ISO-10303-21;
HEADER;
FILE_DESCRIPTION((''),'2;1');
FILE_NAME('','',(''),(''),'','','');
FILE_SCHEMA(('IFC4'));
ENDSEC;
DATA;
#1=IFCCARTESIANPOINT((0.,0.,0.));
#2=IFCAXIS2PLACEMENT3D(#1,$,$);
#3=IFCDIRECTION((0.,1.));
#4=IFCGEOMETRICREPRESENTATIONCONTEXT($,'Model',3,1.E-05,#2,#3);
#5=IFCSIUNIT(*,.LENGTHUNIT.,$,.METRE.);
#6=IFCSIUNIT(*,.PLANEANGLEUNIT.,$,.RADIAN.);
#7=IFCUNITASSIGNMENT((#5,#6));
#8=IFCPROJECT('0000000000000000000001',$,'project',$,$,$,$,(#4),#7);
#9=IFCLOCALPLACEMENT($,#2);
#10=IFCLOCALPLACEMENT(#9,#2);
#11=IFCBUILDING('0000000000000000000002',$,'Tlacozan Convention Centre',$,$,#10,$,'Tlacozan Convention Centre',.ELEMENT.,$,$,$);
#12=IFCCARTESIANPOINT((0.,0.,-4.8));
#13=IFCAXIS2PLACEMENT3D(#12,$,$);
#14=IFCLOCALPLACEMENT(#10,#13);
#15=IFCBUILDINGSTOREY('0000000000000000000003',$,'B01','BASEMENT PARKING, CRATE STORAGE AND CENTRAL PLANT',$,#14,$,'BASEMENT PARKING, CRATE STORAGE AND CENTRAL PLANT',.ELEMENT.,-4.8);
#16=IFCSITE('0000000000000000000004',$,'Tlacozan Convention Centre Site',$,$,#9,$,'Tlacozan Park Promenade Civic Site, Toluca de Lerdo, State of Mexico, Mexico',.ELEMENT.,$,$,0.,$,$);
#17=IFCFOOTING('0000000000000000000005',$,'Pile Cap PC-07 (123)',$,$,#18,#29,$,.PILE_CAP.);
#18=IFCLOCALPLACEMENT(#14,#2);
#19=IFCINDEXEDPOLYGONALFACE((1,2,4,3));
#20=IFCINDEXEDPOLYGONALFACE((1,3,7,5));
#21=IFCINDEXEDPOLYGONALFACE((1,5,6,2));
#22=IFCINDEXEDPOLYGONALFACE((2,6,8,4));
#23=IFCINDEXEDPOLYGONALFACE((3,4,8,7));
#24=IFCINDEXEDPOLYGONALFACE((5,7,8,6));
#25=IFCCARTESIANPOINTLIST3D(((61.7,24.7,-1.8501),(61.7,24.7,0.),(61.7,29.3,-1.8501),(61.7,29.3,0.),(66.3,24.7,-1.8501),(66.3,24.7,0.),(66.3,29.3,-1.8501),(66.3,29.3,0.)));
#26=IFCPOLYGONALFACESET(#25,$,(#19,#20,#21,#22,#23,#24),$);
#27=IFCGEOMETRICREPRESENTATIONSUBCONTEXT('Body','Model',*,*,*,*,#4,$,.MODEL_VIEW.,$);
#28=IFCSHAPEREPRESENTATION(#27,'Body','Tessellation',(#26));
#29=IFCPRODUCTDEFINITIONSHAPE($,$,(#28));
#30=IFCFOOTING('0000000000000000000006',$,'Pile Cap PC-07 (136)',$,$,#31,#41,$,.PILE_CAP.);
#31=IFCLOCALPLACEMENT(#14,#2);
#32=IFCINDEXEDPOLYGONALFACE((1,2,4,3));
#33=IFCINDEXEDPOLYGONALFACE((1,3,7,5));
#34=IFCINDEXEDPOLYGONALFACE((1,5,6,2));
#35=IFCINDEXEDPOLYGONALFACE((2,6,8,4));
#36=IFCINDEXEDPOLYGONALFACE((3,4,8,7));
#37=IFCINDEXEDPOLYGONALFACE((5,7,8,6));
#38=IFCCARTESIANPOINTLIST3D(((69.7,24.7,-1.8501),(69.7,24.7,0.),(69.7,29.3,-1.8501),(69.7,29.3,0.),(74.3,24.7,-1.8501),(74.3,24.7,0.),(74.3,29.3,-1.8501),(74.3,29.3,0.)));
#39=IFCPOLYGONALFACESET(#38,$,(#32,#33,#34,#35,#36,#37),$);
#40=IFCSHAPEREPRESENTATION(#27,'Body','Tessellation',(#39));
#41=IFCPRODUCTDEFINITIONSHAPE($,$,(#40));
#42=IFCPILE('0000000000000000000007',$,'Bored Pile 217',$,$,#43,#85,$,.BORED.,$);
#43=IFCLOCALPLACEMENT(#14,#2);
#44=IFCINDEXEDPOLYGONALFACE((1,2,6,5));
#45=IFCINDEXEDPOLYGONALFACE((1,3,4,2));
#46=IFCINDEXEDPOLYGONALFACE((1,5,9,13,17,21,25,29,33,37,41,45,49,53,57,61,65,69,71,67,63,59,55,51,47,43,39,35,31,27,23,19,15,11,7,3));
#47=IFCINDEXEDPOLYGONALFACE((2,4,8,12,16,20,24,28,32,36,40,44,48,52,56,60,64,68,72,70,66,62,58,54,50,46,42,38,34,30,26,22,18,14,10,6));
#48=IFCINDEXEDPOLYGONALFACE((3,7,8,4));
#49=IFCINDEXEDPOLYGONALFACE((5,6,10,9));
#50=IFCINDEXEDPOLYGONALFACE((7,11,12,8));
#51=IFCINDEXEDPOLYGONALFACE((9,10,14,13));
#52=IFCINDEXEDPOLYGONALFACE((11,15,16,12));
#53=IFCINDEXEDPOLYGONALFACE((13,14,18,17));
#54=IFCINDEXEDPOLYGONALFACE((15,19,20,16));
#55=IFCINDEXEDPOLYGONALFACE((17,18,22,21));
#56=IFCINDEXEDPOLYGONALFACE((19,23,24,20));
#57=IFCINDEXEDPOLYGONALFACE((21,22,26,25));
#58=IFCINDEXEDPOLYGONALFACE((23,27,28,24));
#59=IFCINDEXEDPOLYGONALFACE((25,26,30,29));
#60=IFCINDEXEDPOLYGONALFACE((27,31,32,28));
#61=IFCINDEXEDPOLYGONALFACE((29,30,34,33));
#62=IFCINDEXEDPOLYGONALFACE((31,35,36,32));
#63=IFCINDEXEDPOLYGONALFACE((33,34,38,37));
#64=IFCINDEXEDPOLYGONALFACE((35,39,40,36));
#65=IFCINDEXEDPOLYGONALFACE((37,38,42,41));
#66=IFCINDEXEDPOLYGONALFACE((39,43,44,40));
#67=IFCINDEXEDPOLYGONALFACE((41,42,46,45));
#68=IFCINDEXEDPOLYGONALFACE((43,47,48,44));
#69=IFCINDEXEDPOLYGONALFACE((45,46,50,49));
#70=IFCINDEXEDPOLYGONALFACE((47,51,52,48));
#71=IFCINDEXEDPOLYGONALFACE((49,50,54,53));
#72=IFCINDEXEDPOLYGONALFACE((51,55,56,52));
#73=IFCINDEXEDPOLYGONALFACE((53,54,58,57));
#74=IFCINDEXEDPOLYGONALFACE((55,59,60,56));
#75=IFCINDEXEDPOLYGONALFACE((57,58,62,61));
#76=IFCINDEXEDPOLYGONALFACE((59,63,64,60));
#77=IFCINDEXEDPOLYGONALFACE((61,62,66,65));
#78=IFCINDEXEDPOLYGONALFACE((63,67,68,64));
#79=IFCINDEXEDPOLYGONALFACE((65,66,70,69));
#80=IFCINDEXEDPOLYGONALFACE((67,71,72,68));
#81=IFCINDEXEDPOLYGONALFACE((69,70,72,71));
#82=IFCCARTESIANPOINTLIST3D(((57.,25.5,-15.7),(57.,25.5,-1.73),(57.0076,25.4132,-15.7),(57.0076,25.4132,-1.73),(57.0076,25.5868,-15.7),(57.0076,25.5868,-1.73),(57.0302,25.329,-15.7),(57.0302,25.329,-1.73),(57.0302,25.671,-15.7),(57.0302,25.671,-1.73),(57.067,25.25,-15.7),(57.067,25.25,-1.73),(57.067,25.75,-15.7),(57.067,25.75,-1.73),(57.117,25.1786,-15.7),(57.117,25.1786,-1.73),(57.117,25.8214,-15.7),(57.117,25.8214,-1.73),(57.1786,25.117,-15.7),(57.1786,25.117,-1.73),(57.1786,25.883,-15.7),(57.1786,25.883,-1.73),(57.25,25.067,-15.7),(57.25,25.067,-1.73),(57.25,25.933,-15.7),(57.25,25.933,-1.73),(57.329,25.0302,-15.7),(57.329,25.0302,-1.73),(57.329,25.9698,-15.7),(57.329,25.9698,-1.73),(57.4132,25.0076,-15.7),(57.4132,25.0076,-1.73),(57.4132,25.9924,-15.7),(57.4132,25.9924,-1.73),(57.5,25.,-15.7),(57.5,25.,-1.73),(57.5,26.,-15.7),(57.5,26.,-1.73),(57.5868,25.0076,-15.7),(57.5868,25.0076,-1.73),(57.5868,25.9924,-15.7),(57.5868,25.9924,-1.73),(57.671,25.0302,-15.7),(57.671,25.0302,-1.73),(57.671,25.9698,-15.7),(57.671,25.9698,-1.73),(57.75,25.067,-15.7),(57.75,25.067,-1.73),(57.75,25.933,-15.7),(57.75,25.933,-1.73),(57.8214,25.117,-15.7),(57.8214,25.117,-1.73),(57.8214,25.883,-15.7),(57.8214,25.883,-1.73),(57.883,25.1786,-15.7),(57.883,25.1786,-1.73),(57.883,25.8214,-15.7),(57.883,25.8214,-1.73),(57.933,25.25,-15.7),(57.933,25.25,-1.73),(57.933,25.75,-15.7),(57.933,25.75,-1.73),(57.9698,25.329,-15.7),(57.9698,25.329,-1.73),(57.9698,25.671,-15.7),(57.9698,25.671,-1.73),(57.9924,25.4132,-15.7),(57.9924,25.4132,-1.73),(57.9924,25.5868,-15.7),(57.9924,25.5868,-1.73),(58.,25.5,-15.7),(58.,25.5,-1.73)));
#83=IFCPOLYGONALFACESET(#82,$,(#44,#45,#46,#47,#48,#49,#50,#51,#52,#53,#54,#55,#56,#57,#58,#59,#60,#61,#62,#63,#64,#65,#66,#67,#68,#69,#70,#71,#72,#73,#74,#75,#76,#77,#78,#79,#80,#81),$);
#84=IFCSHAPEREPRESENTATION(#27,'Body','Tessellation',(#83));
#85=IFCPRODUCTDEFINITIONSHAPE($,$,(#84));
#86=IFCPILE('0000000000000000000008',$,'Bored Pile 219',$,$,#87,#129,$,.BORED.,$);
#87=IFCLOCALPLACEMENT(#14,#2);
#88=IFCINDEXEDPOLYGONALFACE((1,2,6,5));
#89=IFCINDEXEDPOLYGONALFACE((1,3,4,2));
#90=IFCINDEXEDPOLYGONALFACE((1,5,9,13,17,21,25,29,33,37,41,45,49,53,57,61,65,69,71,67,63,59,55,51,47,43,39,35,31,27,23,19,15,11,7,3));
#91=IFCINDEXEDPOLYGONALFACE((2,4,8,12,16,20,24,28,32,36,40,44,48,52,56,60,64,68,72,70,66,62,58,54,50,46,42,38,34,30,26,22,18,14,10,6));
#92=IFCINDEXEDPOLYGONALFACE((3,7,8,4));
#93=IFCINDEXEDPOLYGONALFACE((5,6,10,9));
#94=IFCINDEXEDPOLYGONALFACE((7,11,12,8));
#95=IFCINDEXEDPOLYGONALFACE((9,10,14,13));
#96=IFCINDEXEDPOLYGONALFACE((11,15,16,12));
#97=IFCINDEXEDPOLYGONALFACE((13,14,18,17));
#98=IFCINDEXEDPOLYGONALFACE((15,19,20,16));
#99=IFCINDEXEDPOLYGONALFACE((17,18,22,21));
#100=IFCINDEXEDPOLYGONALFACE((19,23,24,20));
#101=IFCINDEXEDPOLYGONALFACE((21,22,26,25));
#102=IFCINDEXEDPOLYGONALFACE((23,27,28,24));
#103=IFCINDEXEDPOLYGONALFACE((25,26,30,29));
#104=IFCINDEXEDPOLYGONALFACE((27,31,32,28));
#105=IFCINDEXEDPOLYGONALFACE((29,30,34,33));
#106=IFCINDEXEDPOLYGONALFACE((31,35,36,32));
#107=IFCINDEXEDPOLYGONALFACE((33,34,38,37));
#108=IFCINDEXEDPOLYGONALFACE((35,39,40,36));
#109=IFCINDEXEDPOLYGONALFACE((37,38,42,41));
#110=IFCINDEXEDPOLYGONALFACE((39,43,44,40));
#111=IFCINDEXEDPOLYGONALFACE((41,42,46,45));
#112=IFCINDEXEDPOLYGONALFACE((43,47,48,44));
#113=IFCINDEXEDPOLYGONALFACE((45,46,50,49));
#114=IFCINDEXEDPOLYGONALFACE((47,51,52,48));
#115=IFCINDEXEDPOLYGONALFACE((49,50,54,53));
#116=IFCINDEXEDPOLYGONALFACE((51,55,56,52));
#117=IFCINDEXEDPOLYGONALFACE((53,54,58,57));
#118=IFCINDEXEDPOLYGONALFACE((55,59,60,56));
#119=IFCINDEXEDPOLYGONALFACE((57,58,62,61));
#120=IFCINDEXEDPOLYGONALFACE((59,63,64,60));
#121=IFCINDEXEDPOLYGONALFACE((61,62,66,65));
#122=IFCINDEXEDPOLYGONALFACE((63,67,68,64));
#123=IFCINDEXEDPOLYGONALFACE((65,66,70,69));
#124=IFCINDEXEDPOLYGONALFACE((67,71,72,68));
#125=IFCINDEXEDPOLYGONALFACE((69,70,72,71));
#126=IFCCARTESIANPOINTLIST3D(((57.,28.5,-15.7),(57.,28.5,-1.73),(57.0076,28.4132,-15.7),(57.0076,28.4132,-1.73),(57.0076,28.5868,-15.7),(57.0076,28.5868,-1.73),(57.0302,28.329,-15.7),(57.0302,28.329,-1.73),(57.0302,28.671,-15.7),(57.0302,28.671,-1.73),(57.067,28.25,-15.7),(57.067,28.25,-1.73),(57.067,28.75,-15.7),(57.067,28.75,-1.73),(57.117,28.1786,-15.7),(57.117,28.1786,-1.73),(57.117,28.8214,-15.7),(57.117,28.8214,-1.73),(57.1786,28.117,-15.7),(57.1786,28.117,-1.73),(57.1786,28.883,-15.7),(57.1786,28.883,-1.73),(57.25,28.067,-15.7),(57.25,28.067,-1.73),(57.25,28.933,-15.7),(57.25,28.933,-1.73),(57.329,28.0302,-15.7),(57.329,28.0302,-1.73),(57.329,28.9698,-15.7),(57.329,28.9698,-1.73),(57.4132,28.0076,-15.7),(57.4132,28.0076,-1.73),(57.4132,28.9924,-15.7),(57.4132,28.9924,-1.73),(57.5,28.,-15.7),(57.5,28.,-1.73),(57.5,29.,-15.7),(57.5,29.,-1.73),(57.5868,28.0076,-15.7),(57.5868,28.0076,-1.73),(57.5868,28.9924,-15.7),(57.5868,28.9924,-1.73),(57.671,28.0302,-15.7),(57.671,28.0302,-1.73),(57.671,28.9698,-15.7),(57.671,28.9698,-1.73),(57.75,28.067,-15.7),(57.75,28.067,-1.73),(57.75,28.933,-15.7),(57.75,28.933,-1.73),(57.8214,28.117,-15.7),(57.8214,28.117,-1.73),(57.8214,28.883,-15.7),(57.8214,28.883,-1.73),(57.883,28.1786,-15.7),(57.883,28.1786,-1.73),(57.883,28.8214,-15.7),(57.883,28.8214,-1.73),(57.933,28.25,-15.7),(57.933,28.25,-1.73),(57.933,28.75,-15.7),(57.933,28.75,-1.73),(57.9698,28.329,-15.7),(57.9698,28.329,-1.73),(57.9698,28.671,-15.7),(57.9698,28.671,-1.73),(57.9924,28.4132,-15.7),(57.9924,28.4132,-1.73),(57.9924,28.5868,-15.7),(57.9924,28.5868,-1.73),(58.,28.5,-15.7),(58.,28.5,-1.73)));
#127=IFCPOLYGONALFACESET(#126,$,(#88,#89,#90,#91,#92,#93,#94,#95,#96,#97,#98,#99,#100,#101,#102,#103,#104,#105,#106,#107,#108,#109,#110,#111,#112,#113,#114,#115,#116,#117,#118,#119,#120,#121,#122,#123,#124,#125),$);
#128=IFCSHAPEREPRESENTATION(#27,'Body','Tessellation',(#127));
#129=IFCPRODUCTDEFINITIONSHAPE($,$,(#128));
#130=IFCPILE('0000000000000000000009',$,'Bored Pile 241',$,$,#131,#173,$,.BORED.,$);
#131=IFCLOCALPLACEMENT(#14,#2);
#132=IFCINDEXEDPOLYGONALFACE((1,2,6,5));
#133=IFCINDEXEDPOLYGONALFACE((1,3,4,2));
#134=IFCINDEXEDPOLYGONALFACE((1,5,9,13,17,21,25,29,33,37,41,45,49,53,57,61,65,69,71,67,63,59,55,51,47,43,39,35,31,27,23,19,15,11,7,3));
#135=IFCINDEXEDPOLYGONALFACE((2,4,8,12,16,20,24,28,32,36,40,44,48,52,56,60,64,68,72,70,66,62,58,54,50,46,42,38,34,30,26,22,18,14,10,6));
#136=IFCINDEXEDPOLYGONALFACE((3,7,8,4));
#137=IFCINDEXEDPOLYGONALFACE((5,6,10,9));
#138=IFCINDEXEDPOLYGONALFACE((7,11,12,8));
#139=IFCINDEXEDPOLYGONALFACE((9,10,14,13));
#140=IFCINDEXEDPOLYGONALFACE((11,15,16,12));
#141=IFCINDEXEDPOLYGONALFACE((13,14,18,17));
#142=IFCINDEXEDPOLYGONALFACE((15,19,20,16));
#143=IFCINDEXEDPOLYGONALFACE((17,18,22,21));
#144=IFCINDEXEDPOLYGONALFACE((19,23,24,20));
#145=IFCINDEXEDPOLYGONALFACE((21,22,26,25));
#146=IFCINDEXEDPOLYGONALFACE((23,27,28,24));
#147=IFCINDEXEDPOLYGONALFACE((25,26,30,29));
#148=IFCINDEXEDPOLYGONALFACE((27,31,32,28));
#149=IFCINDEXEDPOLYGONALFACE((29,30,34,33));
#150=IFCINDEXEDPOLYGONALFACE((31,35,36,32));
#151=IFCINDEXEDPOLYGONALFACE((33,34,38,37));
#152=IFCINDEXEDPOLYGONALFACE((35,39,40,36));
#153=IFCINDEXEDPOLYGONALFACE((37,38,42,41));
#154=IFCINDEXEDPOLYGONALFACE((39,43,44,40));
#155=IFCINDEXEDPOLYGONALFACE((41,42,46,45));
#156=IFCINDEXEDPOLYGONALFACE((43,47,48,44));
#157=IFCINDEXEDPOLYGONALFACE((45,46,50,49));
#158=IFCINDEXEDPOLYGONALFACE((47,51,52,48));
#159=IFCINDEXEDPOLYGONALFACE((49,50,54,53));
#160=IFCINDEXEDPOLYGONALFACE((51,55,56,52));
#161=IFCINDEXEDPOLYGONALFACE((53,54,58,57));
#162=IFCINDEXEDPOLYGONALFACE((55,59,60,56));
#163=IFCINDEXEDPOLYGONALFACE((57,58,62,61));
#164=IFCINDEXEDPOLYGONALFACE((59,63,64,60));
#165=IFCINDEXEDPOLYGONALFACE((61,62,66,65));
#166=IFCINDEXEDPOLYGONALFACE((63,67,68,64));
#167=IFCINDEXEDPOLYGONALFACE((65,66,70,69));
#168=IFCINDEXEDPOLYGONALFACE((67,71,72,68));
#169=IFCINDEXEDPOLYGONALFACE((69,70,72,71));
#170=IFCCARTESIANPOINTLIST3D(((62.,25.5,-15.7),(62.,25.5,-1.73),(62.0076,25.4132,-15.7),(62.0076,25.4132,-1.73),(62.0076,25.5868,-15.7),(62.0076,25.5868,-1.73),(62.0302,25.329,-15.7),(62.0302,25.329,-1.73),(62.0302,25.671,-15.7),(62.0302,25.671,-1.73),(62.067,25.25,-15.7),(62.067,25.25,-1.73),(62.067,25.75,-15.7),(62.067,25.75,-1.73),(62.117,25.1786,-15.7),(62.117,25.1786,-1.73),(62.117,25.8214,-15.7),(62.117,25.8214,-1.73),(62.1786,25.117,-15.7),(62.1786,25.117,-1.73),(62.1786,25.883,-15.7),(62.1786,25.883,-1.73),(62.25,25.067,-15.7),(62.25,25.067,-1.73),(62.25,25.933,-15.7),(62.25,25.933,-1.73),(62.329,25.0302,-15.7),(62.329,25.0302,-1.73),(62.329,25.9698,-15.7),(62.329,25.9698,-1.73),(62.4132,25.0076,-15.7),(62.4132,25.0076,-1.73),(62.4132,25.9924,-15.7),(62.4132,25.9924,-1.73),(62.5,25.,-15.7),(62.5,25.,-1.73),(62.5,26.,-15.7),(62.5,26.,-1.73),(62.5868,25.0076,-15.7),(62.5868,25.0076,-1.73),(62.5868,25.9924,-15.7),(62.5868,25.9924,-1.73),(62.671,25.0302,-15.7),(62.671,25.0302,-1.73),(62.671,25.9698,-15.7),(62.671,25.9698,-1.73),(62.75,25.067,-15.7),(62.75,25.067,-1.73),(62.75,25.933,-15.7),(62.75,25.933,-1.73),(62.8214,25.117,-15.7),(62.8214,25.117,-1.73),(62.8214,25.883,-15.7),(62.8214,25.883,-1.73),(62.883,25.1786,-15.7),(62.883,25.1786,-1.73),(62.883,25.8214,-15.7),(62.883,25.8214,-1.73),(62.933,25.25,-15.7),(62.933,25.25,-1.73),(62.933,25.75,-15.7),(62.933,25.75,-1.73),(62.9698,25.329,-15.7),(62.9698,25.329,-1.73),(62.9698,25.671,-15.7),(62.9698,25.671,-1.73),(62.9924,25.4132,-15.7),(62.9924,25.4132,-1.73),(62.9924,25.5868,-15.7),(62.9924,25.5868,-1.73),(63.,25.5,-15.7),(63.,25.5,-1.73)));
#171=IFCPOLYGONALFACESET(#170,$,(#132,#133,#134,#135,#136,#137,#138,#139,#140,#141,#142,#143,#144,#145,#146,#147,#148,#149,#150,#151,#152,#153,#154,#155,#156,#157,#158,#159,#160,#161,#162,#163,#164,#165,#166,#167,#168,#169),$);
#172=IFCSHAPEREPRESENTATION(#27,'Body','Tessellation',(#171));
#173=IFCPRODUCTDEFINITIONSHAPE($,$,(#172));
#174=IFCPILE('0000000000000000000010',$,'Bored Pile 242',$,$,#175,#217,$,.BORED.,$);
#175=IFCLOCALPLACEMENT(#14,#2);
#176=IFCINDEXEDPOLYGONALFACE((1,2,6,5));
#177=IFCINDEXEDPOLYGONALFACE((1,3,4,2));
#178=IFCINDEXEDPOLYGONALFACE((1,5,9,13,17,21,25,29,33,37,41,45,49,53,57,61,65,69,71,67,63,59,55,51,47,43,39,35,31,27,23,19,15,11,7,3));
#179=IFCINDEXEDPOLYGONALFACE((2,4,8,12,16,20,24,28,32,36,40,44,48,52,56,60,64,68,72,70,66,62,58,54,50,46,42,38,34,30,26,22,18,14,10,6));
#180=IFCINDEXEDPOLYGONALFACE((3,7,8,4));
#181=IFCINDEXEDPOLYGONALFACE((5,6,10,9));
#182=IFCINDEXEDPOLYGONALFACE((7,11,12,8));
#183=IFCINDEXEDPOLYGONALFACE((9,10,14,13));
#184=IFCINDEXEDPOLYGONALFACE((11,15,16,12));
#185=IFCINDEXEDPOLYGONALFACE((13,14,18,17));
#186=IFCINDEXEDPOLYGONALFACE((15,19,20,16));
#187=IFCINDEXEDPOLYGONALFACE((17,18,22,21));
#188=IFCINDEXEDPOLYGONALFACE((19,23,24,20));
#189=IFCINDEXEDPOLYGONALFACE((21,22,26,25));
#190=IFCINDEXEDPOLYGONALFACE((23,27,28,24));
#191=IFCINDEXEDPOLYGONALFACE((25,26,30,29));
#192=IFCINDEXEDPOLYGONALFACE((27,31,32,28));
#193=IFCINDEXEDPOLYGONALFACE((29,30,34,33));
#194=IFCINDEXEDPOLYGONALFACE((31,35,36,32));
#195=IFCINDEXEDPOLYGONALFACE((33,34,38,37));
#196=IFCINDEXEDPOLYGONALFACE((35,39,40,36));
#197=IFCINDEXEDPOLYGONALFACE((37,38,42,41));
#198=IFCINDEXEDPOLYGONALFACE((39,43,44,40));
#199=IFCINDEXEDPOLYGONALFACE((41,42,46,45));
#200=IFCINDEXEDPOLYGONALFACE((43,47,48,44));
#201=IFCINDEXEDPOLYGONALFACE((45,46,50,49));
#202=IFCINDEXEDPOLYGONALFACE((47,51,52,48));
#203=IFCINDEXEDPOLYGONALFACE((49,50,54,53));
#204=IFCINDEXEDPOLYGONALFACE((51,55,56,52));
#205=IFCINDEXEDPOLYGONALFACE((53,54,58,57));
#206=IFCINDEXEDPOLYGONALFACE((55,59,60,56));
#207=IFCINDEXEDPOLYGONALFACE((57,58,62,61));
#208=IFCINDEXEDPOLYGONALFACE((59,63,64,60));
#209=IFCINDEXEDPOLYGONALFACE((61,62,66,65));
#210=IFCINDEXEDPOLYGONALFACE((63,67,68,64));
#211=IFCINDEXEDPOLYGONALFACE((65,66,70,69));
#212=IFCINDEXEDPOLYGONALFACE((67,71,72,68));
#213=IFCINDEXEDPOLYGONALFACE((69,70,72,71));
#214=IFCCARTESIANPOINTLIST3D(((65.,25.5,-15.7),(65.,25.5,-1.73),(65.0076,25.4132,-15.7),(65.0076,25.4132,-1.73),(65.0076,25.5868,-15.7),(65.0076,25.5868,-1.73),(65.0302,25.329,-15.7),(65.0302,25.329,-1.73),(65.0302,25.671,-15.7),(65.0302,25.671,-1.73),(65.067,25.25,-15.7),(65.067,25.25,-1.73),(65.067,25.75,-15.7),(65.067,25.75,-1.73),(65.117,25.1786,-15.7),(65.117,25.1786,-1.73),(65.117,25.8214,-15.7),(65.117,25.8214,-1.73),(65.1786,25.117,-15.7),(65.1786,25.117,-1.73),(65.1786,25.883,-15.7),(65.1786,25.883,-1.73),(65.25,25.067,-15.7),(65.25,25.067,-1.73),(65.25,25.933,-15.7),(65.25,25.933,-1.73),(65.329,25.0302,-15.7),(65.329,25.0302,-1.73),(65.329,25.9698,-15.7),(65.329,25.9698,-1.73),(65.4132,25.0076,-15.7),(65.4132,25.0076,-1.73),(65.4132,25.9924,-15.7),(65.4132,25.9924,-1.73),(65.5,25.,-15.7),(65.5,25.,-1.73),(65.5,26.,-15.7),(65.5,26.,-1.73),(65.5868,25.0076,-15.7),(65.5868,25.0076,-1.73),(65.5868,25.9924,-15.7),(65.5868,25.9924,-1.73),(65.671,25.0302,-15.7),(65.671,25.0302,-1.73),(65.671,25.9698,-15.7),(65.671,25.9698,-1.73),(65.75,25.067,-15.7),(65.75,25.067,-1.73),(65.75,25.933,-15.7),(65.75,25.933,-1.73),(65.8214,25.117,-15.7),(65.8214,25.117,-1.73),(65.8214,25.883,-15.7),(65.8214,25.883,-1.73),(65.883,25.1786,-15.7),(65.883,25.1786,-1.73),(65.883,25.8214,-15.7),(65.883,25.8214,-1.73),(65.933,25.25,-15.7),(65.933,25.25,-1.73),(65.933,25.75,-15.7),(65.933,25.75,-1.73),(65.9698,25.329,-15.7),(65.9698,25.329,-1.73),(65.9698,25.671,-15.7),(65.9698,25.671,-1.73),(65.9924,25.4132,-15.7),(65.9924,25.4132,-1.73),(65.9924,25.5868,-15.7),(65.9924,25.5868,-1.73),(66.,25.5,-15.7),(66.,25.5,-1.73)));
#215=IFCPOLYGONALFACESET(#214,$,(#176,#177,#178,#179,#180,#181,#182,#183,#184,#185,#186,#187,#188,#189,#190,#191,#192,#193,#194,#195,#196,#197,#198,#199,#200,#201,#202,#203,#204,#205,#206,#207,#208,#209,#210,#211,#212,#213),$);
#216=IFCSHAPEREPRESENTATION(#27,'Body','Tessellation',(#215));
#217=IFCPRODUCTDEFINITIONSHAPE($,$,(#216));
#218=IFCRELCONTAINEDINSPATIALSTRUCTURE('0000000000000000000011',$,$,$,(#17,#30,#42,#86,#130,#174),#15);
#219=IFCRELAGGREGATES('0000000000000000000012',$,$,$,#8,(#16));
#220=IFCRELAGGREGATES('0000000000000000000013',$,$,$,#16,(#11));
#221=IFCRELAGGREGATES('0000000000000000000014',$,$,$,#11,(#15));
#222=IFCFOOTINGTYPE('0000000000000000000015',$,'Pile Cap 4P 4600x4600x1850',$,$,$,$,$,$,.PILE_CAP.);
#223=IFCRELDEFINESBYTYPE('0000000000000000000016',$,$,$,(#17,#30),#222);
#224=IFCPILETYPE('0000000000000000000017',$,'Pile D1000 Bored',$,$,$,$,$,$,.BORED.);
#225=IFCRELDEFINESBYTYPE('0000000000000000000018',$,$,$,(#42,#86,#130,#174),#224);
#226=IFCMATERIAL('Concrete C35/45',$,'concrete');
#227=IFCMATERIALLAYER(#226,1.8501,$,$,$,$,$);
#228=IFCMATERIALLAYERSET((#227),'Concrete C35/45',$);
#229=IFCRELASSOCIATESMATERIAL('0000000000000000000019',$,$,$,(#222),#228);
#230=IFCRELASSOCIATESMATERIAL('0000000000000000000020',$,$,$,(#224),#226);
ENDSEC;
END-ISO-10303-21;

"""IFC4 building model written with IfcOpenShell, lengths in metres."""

from ifc_helpers import new_model, si_unit, direction, frame, origin, origin_2d, place, context, subcontext, project, spatial, rectangle, circle, extrude, material, layer, layer_set, material_profile, profile_set, type_object, element, save


model = new_model("IFC4")

# Units and contexts
model_context = context("Model", 3, precision=1e-05, world=origin(), true_north=direction((0.0, 1.0)))
body_context = subcontext(model_context, "Body", "Model", "MODEL_VIEW")
ifc_project = project(units=[si_unit("LENGTHUNIT", "METRE"), si_unit("PLANEANGLEUNIT", "RADIAN")], contexts=[model_context])

# Site, building, storey
site_placement = place(None, origin())
site = spatial("IfcSite", under=ifc_project, at=site_placement, Name="Tlacozan Convention Centre Site", LongName="Tlacozan Park Promenade Civic Site, Toluca de Lerdo, State of Mexico, Mexico", CompositionType="ELEMENT", RefElevation=0.0)
building_placement = place(site_placement, origin())
building = spatial("IfcBuilding", under=site, at=building_placement, Name="Tlacozan Convention Centre", LongName="Tlacozan Convention Centre", CompositionType="ELEMENT")
storey_placement = place(building_placement, frame((0.0, 0.0, -4.8)))
storey = spatial("IfcBuildingStorey", under=building, at=storey_placement, Name="B01", Description="BASEMENT PARKING, CRATE STORAGE AND CENTRAL PLANT", LongName="BASEMENT PARKING, CRATE STORAGE AND CENTRAL PLANT", CompositionType="ELEMENT", Elevation=-4.8)

# Footings
ifc_material_1 = material(Name="Concrete C35/45", Category="concrete")
ifc_layer_1 = layer(ifc_material_1, 1.8501)
ifc_layer_set_1 = layer_set([ifc_layer_1], Name="Concrete C35/45")
footing_type = type_object("IfcFootingType", Name="Pile Cap 4P 4600x4600x1850", PredefinedType="PILE_CAP", material=ifc_layer_set_1)
for number, where, z_axis, x_axis, name in (
    (1, (64.0, 27.0, -1.8501), (0.0, 0.0, 1.0), (1.0, 0.0, 0.0), "Pile Cap PC-07 (123)"),
    (2, (72.0, 27.0, -1.8501), (0.0, 0.0, 1.0), (1.0, 0.0, 0.0), "Pile Cap PC-07 (136)"),
):
    element("IfcFooting", number, at=place(storey_placement, frame(where, z_axis=z_axis, x_axis=x_axis)), inside=storey, type_object=footing_type, Name=name, PredefinedType="PILE_CAP", context=body_context, shape_type="SweptSolid", body=[
        extrude(rectangle(XDim=4.6001, YDim=4.6001, at=origin_2d()), origin(), (0.0, 0.0, 1.0), 1.8501),
    ])

# Piles
ifc_material_profile_1 = material_profile(ifc_material_1, circle(Radius=0.5, at=origin_2d()), Name="PILE D1000")
ifc_profile_set_1 = profile_set([ifc_material_profile_1], Name="Concrete C35/45")
pile_type = type_object("IfcPileType", Name="Pile D1000 Bored", PredefinedType="BORED", material=ifc_profile_set_1)
for number, where, z_axis, x_axis, name in (
    (3, (57.5, 25.5, -1.73), (0.0, 0.0, -1.0), (1.0, 0.0, 0.0), "Bored Pile 217"),
    (4, (57.5, 28.5, -1.73), (0.0, 0.0, -1.0), (1.0, 0.0, 0.0), "Bored Pile 219"),
    (5, (62.5, 25.5, -1.73), (0.0, 0.0, -1.0), (1.0, 0.0, 0.0), "Bored Pile 241"),
    (6, (65.5, 25.5, -1.73), (0.0, 0.0, -1.0), (1.0, 0.0, 0.0), "Bored Pile 242"),
):
    element("IfcPile", number, at=place(storey_placement, frame(where, z_axis=z_axis, x_axis=x_axis)), inside=storey, type_object=pile_type, Name=name, PredefinedType="BORED", context=body_context, shape_type="SweptSolid", body=[
        extrude(circle(Radius=0.5, at=origin_2d()), origin(), (0.0, 0.0, 1.0), 13.97),
    ])

save(model, "model.ifc")
